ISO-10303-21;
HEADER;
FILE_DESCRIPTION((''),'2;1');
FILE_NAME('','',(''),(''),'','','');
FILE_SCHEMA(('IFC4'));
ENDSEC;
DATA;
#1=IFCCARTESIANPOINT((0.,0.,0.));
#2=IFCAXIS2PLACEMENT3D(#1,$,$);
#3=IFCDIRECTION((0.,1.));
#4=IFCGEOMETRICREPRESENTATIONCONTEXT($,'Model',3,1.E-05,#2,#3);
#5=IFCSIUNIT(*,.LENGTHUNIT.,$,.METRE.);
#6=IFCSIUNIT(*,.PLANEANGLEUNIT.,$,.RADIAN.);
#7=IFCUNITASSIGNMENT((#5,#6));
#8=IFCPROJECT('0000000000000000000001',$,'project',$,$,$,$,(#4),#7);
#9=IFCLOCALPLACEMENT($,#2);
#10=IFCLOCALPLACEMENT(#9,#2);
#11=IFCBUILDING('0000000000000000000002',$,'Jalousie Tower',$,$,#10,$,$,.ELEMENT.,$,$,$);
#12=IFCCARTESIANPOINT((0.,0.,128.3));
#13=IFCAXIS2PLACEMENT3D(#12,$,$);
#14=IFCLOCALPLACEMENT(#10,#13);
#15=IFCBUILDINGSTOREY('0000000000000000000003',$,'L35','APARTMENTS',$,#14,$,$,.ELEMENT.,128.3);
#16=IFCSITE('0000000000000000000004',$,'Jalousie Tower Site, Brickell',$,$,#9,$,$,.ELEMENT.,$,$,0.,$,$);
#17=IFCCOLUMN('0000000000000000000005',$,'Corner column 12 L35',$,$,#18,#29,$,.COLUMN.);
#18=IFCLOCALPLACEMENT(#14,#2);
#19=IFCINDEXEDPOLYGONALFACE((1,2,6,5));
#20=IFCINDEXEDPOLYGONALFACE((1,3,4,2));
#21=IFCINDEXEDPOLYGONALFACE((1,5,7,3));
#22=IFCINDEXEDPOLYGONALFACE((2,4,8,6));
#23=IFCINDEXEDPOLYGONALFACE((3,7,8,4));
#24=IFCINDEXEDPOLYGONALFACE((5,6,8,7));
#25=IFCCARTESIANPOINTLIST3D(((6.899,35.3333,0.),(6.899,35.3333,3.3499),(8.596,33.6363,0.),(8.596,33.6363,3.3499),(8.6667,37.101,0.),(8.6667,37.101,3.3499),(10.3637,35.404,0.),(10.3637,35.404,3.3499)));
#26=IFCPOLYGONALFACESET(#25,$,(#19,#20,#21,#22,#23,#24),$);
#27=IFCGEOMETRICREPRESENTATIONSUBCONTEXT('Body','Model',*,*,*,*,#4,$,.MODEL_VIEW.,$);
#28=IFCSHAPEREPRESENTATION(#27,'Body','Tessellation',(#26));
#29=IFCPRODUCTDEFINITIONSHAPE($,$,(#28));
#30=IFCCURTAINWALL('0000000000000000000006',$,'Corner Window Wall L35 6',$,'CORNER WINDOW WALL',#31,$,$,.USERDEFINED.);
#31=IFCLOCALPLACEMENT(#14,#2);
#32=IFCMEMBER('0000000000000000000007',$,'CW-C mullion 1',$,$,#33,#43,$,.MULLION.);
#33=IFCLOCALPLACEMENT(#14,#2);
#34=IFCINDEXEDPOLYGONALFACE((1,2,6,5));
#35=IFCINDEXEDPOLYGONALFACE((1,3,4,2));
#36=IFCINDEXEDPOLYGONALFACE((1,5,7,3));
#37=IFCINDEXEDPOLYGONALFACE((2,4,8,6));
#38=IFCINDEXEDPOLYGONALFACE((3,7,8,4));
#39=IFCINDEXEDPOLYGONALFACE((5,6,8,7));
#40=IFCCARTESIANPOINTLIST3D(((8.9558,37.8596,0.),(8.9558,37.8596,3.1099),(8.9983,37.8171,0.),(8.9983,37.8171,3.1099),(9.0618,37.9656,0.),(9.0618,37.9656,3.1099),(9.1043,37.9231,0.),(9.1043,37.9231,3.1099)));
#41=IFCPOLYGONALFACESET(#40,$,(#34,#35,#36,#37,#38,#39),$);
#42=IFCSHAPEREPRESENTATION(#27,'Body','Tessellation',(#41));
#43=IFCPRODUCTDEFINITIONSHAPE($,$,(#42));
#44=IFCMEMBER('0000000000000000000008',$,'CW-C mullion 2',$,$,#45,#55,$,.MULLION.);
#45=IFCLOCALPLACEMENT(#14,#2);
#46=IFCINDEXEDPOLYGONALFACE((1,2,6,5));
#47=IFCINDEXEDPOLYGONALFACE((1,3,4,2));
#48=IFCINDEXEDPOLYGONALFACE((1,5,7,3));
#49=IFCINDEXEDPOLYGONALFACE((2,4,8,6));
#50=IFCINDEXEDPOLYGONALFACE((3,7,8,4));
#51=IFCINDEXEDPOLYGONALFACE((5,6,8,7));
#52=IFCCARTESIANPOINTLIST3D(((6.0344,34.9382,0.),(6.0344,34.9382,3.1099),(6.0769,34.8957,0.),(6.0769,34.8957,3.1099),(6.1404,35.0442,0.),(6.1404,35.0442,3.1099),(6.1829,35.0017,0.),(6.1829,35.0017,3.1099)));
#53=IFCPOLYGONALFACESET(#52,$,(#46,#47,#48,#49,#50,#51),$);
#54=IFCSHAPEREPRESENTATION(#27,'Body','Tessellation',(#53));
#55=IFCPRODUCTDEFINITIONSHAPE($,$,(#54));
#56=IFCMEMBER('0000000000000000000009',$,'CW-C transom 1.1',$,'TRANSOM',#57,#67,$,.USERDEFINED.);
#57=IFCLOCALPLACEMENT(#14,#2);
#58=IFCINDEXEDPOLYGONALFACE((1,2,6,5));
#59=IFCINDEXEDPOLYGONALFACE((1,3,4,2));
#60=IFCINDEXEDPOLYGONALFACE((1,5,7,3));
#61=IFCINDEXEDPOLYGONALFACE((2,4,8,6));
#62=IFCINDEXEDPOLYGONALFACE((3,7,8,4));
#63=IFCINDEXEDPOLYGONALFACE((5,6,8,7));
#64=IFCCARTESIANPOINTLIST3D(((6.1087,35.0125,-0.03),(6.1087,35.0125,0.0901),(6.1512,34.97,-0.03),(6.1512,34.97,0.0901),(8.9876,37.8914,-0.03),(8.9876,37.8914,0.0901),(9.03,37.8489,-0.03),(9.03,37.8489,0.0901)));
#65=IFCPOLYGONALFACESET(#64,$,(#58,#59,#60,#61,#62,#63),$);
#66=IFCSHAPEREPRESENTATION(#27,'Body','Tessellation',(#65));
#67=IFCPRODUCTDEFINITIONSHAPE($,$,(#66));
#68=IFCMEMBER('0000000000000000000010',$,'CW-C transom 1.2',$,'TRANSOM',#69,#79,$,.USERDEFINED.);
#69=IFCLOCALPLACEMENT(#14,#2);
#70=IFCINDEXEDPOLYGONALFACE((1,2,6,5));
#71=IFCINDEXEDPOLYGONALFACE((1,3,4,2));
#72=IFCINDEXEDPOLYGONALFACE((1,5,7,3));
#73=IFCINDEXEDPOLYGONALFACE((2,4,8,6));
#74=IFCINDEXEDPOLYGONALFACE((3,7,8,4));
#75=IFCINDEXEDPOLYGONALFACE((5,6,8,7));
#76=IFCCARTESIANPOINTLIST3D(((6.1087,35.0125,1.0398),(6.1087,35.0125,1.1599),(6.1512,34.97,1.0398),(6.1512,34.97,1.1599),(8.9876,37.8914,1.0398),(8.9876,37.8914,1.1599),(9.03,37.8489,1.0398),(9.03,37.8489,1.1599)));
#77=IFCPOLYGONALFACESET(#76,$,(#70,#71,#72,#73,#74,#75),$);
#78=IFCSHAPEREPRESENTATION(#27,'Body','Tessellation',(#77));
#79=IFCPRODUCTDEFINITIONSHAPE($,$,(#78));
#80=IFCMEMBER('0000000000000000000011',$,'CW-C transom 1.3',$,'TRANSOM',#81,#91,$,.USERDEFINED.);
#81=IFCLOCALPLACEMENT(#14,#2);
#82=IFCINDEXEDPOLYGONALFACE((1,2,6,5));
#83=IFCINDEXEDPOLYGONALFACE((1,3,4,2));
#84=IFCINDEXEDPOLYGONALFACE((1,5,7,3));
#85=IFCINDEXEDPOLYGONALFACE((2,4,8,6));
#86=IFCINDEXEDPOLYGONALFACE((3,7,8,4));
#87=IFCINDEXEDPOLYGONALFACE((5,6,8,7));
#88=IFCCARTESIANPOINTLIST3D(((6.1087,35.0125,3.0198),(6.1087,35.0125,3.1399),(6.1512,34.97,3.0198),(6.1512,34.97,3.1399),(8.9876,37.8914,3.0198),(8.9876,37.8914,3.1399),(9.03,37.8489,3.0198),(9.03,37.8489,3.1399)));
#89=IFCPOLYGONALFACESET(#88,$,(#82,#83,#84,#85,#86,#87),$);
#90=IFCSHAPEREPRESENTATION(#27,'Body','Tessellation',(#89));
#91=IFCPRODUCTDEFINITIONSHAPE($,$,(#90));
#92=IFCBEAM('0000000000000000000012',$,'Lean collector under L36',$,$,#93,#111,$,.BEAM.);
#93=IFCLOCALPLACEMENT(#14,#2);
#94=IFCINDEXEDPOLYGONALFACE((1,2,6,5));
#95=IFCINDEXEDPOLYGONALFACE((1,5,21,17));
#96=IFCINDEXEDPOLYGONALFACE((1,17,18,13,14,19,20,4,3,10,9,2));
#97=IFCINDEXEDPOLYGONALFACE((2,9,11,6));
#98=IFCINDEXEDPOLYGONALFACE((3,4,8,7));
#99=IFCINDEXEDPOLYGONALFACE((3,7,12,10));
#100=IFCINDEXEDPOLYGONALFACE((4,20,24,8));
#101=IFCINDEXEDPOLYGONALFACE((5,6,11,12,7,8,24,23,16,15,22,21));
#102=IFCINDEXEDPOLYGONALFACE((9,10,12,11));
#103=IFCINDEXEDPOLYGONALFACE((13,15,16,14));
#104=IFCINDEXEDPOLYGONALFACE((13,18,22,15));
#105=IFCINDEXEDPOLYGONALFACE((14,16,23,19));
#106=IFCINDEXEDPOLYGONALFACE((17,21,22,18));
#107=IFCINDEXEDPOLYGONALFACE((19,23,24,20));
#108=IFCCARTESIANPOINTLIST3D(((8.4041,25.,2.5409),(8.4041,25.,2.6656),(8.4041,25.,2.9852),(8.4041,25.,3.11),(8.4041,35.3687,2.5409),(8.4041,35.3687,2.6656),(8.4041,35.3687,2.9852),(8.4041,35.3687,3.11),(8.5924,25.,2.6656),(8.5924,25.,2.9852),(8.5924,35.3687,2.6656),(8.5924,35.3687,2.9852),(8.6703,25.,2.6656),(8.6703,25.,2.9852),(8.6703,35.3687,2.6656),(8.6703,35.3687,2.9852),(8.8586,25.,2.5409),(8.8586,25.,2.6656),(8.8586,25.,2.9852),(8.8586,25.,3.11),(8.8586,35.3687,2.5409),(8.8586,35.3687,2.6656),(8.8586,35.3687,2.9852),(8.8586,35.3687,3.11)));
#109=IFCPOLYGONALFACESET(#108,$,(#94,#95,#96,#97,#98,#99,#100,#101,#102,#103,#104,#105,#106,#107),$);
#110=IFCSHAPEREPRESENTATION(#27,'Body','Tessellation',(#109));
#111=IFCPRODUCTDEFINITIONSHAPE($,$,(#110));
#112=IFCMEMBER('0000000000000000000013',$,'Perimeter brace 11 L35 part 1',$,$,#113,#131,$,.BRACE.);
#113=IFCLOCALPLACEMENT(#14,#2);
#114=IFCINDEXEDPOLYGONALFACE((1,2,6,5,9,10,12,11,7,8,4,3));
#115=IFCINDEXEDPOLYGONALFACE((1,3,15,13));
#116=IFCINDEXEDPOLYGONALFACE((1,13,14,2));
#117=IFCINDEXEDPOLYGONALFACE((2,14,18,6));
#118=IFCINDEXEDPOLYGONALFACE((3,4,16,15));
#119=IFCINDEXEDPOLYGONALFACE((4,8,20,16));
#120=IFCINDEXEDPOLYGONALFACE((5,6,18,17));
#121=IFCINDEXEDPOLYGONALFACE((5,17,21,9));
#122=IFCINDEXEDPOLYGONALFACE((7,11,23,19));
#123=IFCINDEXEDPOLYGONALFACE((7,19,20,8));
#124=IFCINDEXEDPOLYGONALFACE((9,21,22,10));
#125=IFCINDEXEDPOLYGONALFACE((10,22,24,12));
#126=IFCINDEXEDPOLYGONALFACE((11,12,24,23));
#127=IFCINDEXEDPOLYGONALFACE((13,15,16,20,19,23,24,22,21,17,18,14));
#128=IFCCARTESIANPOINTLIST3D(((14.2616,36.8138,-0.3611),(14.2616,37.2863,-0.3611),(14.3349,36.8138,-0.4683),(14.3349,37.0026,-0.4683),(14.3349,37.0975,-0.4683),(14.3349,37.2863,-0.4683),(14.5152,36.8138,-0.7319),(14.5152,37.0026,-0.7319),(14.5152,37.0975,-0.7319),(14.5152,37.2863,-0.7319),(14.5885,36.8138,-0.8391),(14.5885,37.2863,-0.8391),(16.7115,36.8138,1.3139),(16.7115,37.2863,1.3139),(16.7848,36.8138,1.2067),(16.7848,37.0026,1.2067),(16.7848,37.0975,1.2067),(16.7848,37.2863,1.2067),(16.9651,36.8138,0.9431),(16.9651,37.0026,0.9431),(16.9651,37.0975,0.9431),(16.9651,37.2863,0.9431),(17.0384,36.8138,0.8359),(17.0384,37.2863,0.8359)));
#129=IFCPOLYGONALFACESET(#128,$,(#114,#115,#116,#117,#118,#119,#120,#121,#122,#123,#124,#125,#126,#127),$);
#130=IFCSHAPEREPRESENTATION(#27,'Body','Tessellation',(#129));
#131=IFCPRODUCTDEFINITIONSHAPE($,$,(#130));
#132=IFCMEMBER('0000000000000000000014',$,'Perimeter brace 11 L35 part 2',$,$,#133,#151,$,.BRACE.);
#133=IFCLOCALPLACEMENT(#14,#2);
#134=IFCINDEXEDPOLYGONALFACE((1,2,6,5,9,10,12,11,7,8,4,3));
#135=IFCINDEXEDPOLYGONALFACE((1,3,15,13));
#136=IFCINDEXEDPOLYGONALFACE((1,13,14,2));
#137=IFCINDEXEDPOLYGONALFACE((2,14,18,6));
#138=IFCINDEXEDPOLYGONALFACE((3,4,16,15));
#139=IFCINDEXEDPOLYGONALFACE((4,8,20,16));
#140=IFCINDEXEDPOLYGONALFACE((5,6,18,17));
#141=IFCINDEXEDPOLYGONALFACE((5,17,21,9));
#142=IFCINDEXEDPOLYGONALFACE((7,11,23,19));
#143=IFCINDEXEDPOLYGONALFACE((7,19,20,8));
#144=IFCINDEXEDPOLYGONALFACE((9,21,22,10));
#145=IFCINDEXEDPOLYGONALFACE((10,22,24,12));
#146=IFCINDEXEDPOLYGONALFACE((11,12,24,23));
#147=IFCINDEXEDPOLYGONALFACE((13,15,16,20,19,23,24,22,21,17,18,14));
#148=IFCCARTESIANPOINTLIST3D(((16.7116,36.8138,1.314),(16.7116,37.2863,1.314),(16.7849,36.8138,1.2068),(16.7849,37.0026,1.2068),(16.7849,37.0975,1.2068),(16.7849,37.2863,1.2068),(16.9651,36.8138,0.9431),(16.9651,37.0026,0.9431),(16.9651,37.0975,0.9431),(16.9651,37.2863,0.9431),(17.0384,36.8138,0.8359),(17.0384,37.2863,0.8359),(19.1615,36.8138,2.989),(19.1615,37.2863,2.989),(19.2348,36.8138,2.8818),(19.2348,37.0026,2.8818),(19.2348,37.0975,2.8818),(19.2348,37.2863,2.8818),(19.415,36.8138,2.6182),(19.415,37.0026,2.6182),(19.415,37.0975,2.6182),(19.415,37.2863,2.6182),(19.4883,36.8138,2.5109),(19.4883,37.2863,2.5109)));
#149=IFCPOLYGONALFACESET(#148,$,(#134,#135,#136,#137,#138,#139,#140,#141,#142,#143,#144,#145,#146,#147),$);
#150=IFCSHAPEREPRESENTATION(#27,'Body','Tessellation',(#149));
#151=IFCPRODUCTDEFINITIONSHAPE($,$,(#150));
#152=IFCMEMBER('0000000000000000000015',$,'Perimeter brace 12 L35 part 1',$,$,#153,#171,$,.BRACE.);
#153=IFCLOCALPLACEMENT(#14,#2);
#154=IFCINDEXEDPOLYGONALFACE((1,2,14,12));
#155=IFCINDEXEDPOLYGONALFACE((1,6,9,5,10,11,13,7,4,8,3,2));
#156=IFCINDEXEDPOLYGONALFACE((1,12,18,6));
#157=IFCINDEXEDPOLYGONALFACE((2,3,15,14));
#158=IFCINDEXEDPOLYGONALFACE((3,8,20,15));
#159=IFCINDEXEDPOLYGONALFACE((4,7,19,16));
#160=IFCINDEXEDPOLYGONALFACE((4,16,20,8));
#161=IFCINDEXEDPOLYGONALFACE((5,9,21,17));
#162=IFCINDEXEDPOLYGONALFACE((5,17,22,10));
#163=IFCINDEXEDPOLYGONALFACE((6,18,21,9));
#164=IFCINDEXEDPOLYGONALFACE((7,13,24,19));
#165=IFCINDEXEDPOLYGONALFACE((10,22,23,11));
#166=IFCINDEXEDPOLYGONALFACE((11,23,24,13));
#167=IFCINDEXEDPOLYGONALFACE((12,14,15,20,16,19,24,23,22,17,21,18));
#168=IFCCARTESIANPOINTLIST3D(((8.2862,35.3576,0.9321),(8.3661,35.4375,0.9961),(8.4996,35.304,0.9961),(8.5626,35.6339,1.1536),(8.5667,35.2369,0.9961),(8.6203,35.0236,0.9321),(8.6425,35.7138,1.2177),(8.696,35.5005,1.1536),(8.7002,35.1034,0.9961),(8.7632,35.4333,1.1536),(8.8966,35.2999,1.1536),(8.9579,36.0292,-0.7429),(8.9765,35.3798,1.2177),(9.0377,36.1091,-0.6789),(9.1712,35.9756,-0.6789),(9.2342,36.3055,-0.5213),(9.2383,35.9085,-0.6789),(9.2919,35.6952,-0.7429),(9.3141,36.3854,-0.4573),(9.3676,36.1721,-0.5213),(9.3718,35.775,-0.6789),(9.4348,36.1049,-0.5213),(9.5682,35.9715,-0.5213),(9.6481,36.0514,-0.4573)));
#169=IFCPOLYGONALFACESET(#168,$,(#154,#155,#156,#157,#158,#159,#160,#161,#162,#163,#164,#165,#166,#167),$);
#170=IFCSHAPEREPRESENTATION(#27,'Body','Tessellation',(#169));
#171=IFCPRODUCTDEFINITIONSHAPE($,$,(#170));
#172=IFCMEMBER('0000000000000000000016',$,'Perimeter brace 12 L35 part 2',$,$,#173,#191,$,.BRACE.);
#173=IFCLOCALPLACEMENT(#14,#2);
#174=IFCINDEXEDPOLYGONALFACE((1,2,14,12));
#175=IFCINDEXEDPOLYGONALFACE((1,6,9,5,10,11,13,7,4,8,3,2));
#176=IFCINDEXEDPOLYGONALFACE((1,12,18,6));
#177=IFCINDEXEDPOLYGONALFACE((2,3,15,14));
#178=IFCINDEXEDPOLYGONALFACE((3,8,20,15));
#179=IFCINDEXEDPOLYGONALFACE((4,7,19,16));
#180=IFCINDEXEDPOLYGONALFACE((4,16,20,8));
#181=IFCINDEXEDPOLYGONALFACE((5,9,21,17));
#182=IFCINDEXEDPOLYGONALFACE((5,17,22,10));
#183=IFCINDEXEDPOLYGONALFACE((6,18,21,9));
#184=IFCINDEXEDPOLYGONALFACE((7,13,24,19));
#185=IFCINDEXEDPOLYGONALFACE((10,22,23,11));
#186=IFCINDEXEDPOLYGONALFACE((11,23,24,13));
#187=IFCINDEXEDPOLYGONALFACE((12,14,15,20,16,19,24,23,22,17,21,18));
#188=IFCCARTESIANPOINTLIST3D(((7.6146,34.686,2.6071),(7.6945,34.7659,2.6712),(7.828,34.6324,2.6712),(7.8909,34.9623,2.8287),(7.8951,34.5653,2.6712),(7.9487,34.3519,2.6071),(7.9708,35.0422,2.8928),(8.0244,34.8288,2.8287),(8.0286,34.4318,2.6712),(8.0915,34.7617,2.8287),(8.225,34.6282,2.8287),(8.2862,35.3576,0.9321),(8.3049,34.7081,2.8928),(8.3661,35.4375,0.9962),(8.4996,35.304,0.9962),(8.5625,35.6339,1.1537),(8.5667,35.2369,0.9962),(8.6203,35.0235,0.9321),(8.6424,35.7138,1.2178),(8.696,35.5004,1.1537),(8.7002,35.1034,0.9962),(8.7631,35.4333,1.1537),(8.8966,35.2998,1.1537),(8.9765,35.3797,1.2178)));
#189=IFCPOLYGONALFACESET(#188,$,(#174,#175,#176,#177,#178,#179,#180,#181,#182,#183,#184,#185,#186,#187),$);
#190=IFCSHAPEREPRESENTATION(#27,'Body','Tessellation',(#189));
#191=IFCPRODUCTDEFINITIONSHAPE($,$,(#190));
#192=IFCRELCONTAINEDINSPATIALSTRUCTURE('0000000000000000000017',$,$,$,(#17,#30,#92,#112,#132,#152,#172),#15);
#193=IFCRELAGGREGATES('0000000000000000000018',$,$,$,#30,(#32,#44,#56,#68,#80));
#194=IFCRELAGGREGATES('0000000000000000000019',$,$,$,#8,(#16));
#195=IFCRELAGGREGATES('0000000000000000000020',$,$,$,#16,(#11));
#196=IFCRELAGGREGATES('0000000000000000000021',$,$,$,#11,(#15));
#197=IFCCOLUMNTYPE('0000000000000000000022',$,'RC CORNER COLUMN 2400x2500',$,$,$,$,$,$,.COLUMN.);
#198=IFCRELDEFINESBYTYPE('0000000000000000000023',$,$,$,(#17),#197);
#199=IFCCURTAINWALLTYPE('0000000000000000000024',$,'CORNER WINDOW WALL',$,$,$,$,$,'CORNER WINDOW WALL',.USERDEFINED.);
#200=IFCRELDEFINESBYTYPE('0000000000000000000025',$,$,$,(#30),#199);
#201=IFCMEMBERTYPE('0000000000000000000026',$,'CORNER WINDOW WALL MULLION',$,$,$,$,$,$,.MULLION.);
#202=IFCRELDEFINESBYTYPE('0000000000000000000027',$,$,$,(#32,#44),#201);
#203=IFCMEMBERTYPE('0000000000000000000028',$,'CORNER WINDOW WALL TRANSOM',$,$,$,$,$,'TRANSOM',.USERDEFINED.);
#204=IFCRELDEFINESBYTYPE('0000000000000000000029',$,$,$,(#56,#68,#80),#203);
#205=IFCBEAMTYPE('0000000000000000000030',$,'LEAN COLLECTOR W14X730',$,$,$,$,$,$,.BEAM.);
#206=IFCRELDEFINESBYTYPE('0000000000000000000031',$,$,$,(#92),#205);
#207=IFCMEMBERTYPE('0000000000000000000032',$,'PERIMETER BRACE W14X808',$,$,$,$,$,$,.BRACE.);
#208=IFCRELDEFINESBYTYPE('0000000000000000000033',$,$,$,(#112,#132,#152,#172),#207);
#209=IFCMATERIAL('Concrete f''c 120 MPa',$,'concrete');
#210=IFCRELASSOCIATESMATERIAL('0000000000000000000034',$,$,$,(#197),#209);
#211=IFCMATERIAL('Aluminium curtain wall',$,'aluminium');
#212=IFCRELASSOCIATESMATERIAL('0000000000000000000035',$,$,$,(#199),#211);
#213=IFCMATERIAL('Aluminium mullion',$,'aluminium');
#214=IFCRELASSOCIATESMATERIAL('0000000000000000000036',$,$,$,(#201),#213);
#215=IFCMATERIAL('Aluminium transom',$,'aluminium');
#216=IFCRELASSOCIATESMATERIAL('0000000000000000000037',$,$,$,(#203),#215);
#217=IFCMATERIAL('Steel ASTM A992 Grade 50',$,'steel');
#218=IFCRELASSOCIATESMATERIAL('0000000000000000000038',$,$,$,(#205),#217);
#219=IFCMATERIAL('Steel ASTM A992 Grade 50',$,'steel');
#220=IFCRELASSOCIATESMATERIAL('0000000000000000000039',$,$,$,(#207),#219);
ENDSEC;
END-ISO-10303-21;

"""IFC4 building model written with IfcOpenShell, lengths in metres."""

from ifc_helpers import new_model, si_unit, direction, frame, origin, origin_2d, place, context, subcontext, project, spatial, rectangle, i_section, extrude, material, material_profile, profile_set, type_object, element, aggregate, save


model = new_model("IFC4")

# Units and contexts
model_context = context("Model", 3, precision=1e-05, world=origin(), true_north=direction((0.0, 1.0)))
body_context = subcontext(model_context, "Body", "Model", "MODEL_VIEW")
ifc_project = project(units=[si_unit("LENGTHUNIT", "METRE"), si_unit("PLANEANGLEUNIT", "RADIAN")], contexts=[model_context])

# Site, building, storey
site_placement = place(None, origin())
site = spatial("IfcSite", under=ifc_project, at=site_placement, Name="Jalousie Tower Site, Brickell", CompositionType="ELEMENT", RefElevation=0.0)
building_placement = place(site_placement, origin())
building = spatial("IfcBuilding", under=site, at=building_placement, Name="Jalousie Tower", CompositionType="ELEMENT")
storey_placement = place(building_placement, frame((0.0, 0.0, 128.3)))
storey = spatial("IfcBuildingStorey", under=building, at=storey_placement, Name="L35", Description="APARTMENTS", CompositionType="ELEMENT", Elevation=128.3)

# Column
ifc_material_1 = material(Name="Concrete f'c 120 MPa", Category="concrete")
ifc_material_profile_1 = material_profile(ifc_material_1, rectangle(XDim=2.3999, YDim=2.5, at=origin_2d()), Name="RC 2400x2500")
ifc_profile_set_1 = profile_set([ifc_material_profile_1], Name="Concrete f'c 120 MPa")
column_type = type_object("IfcColumnType", Name="RC CORNER COLUMN 2400x2500", PredefinedType="COLUMN", material=ifc_profile_set_1)
column_placement = place(storey_placement, frame((8.6313, 35.3687, 0.0), z_axis=(0.0, 0.0, 1.0), x_axis=(0.707107, -0.707107, 0.0)))
element("IfcColumn", 1, at=column_placement, inside=storey, type_object=column_type, Name="Corner column 12 L35", PredefinedType="COLUMN", context=body_context, shape_type="SweptSolid", body=[
    extrude(rectangle(XDim=2.3999, YDim=2.5, at=origin_2d()), origin(), (0.0, 0.0, 1.0), 3.3499),
])

# Curtain wall, members
ifc_material_2 = material(Name="Aluminium curtain wall", Category="aluminium")
curtain_wall_type_1 = type_object("IfcCurtainWallType", Name="CORNER WINDOW WALL", ElementType="CORNER WINDOW WALL", PredefinedType="USERDEFINED", material=ifc_material_2)
curtain_wall_1_placement = place(storey_placement, origin())
curtain_wall_1 = element("IfcCurtainWall", 2, at=curtain_wall_1_placement, inside=storey, type_object=curtain_wall_type_1, Name="Corner Window Wall L35 6", ObjectType="CORNER WINDOW WALL", PredefinedType="USERDEFINED")
ifc_material_3 = material(Name="Aluminium mullion", Category="aluminium")
ifc_material_profile_2 = material_profile(ifc_material_3, rectangle(XDim=0.0601, YDim=0.1499, at=origin_2d()), Name="MULLION 60x150")
ifc_profile_set_2 = profile_set([ifc_material_profile_2], Name="Aluminium mullion")
member_type_1 = type_object("IfcMemberType", Name="CORNER WINDOW WALL MULLION", PredefinedType="MULLION", material=ifc_profile_set_2)
member_1_placement = place(storey_placement, frame((9.03, 37.8914, 0.0), z_axis=(0.0, 0.0, 1.0), x_axis=(0.707107, -0.707107, 0.0)))
member_1 = element("IfcMember", 3, at=member_1_placement, type_object=member_type_1, Name="CW-C mullion 1", PredefinedType="MULLION", context=body_context, shape_type="SweptSolid", body=[
    extrude(rectangle(XDim=0.0601, YDim=0.1499, at=origin_2d()), origin(), (0.0, 0.0, 1.0), 3.1099),
])
member_2_placement = place(storey_placement, frame((6.1086, 34.97, 0.0), z_axis=(0.0, 0.0, 1.0), x_axis=(0.707107, -0.707107, 0.0)))
member_2 = element("IfcMember", 4, at=member_2_placement, type_object=member_type_1, Name="CW-C mullion 2", PredefinedType="MULLION", context=body_context, shape_type="SweptSolid", body=[
    extrude(rectangle(XDim=0.0601, YDim=0.1499, at=origin_2d()), origin(), (0.0, 0.0, 1.0), 3.1099),
])
ifc_material_4 = material(Name="Aluminium transom", Category="aluminium")
ifc_material_profile_3 = material_profile(ifc_material_4, rectangle(XDim=0.0601, YDim=0.1201, at=origin_2d()), Name="TRANSOM 60x120")
ifc_profile_set_3 = profile_set([ifc_material_profile_3], Name="Aluminium transom")
member_type_2 = type_object("IfcMemberType", Name="CORNER WINDOW WALL TRANSOM", ElementType="TRANSOM", PredefinedType="USERDEFINED", material=ifc_profile_set_3)
member_3_placement = place(storey_placement, frame((9.0088, 37.8701, 0.03), z_axis=(-0.707107, -0.707107, 0.0), x_axis=(0.707107, -0.707107, 0.0)))
member_3 = element("IfcMember", 5, at=member_3_placement, type_object=member_type_2, Name="CW-C transom 1.1", ObjectType="TRANSOM", PredefinedType="USERDEFINED", context=body_context, shape_type="SweptSolid", body=[
    extrude(rectangle(XDim=0.0601, YDim=0.1201, at=origin_2d()), origin(), (0.0, 0.0, 1.0), 4.0713),
])
member_4_placement = place(storey_placement, frame((9.0088, 37.8701, 1.0999), z_axis=(-0.707107, -0.707107, 0.0), x_axis=(0.707107, -0.707107, 0.0)))
member_4 = element("IfcMember", 6, at=member_4_placement, type_object=member_type_2, Name="CW-C transom 1.2", ObjectType="TRANSOM", PredefinedType="USERDEFINED", context=body_context, shape_type="SweptSolid", body=[
    extrude(rectangle(XDim=0.0601, YDim=0.1201, at=origin_2d()), origin(), (0.0, 0.0, 1.0), 4.0713),
])
member_5_placement = place(storey_placement, frame((9.0088, 37.8701, 3.0798), z_axis=(-0.707107, -0.707107, 0.0), x_axis=(0.707107, -0.707107, 0.0)))
member_5 = element("IfcMember", 7, at=member_5_placement, type_object=member_type_2, Name="CW-C transom 1.3", ObjectType="TRANSOM", PredefinedType="USERDEFINED", context=body_context, shape_type="SweptSolid", body=[
    extrude(rectangle(XDim=0.0601, YDim=0.1201, at=origin_2d()), origin(), (0.0, 0.0, 1.0), 4.0713),
])

# Beam
ifc_material_5 = material(Name="Steel ASTM A992 Grade 50", Category="steel")
ifc_material_profile_4 = material_profile(ifc_material_5, i_section(OverallWidth=0.4546, OverallDepth=0.5691, WebThickness=0.0779, FlangeThickness=0.1248, at=origin_2d()), Name="W14X730")
ifc_profile_set_4 = profile_set([ifc_material_profile_4], Name="Steel ASTM A992 Grade 50")
beam_type_1 = type_object("IfcBeamType", Name="LEAN COLLECTOR W14X730", PredefinedType="BEAM", material=ifc_profile_set_4)
beam_1_placement = place(storey_placement, frame((8.6313, 35.3687, 2.8254), z_axis=(0.0, -1.0, 0.0), x_axis=(1.0, 0.0, 0.0)))
element("IfcBeam", 8, at=beam_1_placement, inside=storey, type_object=beam_type_1, Name="Lean collector under L36", PredefinedType="BEAM", context=body_context, shape_type="SweptSolid", body=[
    extrude(i_section(OverallWidth=0.4546, OverallDepth=0.5691, WebThickness=0.0779, FlangeThickness=0.1248, at=origin_2d()), origin(), (0.0, 0.0, 1.0), 10.3687),
])

# Members
ifc_material_6 = material(Name="Steel ASTM A992 Grade 50", Category="steel")
ifc_material_profile_5 = material_profile(ifc_material_6, i_section(OverallWidth=0.4724, OverallDepth=0.5791, WebThickness=0.095, FlangeThickness=0.1299, at=origin_2d()), Name="W14X808")
ifc_profile_set_5 = profile_set([ifc_material_profile_5], Name="Steel ASTM A992 Grade 50")
member_type_3 = type_object("IfcMemberType", Name="PERIMETER BRACE W14X808", PredefinedType="BRACE", material=ifc_profile_set_5)
for number, where, z_axis, x_axis, name in (
    (9, (14.425, 37.05, -0.6001), (0.825501, 0.0, 0.564401), (0.0, 1.0, 0.0), "Perimeter brace 11 L35 part 1"),
    (10, (16.875, 37.05, 1.075), (0.825501, 0.0, 0.564401), (0.0, 1.0, 0.0), "Perimeter brace 11 L35 part 2"),
):
    element("IfcMember", number, at=place(storey_placement, frame(where, z_axis=z_axis, x_axis=x_axis)), inside=storey, type_object=member_type_3, Name=name, PredefinedType="BRACE", context=body_context, shape_type="SweptSolid", body=[
        extrude(i_section(OverallWidth=0.4724, OverallDepth=0.5791, WebThickness=0.095, FlangeThickness=0.1299, at=origin_2d()), origin(), (0.0, 0.0, 1.0), 2.9678),
    ])
for number, where, z_axis, x_axis, name in (
    (11, (9.303, 36.0403, -0.6001), (-0.348789, -0.348789, 0.869881), (0.707107, -0.707107, 0.0), "Perimeter brace 12 L35 part 1"),
    (12, (8.6313, 35.3687, 1.075), (-0.348789, -0.348789, 0.869881), (0.707107, -0.707107, 0.0), "Perimeter brace 12 L35 part 2"),
):
    element("IfcMember", number, at=place(storey_placement, frame(where, z_axis=z_axis, x_axis=x_axis)), inside=storey, type_object=member_type_3, Name=name, PredefinedType="BRACE", context=body_context, shape_type="SweptSolid", body=[
        extrude(i_section(OverallWidth=0.4724, OverallDepth=0.5791, WebThickness=0.095, FlangeThickness=0.1299, at=origin_2d()), origin(), (0.0, 0.0, 1.0), 1.9255),
    ])

aggregate(curtain_wall_1, [member_1, member_2, member_3, member_4, member_5])

save(model, "model.ifc")
